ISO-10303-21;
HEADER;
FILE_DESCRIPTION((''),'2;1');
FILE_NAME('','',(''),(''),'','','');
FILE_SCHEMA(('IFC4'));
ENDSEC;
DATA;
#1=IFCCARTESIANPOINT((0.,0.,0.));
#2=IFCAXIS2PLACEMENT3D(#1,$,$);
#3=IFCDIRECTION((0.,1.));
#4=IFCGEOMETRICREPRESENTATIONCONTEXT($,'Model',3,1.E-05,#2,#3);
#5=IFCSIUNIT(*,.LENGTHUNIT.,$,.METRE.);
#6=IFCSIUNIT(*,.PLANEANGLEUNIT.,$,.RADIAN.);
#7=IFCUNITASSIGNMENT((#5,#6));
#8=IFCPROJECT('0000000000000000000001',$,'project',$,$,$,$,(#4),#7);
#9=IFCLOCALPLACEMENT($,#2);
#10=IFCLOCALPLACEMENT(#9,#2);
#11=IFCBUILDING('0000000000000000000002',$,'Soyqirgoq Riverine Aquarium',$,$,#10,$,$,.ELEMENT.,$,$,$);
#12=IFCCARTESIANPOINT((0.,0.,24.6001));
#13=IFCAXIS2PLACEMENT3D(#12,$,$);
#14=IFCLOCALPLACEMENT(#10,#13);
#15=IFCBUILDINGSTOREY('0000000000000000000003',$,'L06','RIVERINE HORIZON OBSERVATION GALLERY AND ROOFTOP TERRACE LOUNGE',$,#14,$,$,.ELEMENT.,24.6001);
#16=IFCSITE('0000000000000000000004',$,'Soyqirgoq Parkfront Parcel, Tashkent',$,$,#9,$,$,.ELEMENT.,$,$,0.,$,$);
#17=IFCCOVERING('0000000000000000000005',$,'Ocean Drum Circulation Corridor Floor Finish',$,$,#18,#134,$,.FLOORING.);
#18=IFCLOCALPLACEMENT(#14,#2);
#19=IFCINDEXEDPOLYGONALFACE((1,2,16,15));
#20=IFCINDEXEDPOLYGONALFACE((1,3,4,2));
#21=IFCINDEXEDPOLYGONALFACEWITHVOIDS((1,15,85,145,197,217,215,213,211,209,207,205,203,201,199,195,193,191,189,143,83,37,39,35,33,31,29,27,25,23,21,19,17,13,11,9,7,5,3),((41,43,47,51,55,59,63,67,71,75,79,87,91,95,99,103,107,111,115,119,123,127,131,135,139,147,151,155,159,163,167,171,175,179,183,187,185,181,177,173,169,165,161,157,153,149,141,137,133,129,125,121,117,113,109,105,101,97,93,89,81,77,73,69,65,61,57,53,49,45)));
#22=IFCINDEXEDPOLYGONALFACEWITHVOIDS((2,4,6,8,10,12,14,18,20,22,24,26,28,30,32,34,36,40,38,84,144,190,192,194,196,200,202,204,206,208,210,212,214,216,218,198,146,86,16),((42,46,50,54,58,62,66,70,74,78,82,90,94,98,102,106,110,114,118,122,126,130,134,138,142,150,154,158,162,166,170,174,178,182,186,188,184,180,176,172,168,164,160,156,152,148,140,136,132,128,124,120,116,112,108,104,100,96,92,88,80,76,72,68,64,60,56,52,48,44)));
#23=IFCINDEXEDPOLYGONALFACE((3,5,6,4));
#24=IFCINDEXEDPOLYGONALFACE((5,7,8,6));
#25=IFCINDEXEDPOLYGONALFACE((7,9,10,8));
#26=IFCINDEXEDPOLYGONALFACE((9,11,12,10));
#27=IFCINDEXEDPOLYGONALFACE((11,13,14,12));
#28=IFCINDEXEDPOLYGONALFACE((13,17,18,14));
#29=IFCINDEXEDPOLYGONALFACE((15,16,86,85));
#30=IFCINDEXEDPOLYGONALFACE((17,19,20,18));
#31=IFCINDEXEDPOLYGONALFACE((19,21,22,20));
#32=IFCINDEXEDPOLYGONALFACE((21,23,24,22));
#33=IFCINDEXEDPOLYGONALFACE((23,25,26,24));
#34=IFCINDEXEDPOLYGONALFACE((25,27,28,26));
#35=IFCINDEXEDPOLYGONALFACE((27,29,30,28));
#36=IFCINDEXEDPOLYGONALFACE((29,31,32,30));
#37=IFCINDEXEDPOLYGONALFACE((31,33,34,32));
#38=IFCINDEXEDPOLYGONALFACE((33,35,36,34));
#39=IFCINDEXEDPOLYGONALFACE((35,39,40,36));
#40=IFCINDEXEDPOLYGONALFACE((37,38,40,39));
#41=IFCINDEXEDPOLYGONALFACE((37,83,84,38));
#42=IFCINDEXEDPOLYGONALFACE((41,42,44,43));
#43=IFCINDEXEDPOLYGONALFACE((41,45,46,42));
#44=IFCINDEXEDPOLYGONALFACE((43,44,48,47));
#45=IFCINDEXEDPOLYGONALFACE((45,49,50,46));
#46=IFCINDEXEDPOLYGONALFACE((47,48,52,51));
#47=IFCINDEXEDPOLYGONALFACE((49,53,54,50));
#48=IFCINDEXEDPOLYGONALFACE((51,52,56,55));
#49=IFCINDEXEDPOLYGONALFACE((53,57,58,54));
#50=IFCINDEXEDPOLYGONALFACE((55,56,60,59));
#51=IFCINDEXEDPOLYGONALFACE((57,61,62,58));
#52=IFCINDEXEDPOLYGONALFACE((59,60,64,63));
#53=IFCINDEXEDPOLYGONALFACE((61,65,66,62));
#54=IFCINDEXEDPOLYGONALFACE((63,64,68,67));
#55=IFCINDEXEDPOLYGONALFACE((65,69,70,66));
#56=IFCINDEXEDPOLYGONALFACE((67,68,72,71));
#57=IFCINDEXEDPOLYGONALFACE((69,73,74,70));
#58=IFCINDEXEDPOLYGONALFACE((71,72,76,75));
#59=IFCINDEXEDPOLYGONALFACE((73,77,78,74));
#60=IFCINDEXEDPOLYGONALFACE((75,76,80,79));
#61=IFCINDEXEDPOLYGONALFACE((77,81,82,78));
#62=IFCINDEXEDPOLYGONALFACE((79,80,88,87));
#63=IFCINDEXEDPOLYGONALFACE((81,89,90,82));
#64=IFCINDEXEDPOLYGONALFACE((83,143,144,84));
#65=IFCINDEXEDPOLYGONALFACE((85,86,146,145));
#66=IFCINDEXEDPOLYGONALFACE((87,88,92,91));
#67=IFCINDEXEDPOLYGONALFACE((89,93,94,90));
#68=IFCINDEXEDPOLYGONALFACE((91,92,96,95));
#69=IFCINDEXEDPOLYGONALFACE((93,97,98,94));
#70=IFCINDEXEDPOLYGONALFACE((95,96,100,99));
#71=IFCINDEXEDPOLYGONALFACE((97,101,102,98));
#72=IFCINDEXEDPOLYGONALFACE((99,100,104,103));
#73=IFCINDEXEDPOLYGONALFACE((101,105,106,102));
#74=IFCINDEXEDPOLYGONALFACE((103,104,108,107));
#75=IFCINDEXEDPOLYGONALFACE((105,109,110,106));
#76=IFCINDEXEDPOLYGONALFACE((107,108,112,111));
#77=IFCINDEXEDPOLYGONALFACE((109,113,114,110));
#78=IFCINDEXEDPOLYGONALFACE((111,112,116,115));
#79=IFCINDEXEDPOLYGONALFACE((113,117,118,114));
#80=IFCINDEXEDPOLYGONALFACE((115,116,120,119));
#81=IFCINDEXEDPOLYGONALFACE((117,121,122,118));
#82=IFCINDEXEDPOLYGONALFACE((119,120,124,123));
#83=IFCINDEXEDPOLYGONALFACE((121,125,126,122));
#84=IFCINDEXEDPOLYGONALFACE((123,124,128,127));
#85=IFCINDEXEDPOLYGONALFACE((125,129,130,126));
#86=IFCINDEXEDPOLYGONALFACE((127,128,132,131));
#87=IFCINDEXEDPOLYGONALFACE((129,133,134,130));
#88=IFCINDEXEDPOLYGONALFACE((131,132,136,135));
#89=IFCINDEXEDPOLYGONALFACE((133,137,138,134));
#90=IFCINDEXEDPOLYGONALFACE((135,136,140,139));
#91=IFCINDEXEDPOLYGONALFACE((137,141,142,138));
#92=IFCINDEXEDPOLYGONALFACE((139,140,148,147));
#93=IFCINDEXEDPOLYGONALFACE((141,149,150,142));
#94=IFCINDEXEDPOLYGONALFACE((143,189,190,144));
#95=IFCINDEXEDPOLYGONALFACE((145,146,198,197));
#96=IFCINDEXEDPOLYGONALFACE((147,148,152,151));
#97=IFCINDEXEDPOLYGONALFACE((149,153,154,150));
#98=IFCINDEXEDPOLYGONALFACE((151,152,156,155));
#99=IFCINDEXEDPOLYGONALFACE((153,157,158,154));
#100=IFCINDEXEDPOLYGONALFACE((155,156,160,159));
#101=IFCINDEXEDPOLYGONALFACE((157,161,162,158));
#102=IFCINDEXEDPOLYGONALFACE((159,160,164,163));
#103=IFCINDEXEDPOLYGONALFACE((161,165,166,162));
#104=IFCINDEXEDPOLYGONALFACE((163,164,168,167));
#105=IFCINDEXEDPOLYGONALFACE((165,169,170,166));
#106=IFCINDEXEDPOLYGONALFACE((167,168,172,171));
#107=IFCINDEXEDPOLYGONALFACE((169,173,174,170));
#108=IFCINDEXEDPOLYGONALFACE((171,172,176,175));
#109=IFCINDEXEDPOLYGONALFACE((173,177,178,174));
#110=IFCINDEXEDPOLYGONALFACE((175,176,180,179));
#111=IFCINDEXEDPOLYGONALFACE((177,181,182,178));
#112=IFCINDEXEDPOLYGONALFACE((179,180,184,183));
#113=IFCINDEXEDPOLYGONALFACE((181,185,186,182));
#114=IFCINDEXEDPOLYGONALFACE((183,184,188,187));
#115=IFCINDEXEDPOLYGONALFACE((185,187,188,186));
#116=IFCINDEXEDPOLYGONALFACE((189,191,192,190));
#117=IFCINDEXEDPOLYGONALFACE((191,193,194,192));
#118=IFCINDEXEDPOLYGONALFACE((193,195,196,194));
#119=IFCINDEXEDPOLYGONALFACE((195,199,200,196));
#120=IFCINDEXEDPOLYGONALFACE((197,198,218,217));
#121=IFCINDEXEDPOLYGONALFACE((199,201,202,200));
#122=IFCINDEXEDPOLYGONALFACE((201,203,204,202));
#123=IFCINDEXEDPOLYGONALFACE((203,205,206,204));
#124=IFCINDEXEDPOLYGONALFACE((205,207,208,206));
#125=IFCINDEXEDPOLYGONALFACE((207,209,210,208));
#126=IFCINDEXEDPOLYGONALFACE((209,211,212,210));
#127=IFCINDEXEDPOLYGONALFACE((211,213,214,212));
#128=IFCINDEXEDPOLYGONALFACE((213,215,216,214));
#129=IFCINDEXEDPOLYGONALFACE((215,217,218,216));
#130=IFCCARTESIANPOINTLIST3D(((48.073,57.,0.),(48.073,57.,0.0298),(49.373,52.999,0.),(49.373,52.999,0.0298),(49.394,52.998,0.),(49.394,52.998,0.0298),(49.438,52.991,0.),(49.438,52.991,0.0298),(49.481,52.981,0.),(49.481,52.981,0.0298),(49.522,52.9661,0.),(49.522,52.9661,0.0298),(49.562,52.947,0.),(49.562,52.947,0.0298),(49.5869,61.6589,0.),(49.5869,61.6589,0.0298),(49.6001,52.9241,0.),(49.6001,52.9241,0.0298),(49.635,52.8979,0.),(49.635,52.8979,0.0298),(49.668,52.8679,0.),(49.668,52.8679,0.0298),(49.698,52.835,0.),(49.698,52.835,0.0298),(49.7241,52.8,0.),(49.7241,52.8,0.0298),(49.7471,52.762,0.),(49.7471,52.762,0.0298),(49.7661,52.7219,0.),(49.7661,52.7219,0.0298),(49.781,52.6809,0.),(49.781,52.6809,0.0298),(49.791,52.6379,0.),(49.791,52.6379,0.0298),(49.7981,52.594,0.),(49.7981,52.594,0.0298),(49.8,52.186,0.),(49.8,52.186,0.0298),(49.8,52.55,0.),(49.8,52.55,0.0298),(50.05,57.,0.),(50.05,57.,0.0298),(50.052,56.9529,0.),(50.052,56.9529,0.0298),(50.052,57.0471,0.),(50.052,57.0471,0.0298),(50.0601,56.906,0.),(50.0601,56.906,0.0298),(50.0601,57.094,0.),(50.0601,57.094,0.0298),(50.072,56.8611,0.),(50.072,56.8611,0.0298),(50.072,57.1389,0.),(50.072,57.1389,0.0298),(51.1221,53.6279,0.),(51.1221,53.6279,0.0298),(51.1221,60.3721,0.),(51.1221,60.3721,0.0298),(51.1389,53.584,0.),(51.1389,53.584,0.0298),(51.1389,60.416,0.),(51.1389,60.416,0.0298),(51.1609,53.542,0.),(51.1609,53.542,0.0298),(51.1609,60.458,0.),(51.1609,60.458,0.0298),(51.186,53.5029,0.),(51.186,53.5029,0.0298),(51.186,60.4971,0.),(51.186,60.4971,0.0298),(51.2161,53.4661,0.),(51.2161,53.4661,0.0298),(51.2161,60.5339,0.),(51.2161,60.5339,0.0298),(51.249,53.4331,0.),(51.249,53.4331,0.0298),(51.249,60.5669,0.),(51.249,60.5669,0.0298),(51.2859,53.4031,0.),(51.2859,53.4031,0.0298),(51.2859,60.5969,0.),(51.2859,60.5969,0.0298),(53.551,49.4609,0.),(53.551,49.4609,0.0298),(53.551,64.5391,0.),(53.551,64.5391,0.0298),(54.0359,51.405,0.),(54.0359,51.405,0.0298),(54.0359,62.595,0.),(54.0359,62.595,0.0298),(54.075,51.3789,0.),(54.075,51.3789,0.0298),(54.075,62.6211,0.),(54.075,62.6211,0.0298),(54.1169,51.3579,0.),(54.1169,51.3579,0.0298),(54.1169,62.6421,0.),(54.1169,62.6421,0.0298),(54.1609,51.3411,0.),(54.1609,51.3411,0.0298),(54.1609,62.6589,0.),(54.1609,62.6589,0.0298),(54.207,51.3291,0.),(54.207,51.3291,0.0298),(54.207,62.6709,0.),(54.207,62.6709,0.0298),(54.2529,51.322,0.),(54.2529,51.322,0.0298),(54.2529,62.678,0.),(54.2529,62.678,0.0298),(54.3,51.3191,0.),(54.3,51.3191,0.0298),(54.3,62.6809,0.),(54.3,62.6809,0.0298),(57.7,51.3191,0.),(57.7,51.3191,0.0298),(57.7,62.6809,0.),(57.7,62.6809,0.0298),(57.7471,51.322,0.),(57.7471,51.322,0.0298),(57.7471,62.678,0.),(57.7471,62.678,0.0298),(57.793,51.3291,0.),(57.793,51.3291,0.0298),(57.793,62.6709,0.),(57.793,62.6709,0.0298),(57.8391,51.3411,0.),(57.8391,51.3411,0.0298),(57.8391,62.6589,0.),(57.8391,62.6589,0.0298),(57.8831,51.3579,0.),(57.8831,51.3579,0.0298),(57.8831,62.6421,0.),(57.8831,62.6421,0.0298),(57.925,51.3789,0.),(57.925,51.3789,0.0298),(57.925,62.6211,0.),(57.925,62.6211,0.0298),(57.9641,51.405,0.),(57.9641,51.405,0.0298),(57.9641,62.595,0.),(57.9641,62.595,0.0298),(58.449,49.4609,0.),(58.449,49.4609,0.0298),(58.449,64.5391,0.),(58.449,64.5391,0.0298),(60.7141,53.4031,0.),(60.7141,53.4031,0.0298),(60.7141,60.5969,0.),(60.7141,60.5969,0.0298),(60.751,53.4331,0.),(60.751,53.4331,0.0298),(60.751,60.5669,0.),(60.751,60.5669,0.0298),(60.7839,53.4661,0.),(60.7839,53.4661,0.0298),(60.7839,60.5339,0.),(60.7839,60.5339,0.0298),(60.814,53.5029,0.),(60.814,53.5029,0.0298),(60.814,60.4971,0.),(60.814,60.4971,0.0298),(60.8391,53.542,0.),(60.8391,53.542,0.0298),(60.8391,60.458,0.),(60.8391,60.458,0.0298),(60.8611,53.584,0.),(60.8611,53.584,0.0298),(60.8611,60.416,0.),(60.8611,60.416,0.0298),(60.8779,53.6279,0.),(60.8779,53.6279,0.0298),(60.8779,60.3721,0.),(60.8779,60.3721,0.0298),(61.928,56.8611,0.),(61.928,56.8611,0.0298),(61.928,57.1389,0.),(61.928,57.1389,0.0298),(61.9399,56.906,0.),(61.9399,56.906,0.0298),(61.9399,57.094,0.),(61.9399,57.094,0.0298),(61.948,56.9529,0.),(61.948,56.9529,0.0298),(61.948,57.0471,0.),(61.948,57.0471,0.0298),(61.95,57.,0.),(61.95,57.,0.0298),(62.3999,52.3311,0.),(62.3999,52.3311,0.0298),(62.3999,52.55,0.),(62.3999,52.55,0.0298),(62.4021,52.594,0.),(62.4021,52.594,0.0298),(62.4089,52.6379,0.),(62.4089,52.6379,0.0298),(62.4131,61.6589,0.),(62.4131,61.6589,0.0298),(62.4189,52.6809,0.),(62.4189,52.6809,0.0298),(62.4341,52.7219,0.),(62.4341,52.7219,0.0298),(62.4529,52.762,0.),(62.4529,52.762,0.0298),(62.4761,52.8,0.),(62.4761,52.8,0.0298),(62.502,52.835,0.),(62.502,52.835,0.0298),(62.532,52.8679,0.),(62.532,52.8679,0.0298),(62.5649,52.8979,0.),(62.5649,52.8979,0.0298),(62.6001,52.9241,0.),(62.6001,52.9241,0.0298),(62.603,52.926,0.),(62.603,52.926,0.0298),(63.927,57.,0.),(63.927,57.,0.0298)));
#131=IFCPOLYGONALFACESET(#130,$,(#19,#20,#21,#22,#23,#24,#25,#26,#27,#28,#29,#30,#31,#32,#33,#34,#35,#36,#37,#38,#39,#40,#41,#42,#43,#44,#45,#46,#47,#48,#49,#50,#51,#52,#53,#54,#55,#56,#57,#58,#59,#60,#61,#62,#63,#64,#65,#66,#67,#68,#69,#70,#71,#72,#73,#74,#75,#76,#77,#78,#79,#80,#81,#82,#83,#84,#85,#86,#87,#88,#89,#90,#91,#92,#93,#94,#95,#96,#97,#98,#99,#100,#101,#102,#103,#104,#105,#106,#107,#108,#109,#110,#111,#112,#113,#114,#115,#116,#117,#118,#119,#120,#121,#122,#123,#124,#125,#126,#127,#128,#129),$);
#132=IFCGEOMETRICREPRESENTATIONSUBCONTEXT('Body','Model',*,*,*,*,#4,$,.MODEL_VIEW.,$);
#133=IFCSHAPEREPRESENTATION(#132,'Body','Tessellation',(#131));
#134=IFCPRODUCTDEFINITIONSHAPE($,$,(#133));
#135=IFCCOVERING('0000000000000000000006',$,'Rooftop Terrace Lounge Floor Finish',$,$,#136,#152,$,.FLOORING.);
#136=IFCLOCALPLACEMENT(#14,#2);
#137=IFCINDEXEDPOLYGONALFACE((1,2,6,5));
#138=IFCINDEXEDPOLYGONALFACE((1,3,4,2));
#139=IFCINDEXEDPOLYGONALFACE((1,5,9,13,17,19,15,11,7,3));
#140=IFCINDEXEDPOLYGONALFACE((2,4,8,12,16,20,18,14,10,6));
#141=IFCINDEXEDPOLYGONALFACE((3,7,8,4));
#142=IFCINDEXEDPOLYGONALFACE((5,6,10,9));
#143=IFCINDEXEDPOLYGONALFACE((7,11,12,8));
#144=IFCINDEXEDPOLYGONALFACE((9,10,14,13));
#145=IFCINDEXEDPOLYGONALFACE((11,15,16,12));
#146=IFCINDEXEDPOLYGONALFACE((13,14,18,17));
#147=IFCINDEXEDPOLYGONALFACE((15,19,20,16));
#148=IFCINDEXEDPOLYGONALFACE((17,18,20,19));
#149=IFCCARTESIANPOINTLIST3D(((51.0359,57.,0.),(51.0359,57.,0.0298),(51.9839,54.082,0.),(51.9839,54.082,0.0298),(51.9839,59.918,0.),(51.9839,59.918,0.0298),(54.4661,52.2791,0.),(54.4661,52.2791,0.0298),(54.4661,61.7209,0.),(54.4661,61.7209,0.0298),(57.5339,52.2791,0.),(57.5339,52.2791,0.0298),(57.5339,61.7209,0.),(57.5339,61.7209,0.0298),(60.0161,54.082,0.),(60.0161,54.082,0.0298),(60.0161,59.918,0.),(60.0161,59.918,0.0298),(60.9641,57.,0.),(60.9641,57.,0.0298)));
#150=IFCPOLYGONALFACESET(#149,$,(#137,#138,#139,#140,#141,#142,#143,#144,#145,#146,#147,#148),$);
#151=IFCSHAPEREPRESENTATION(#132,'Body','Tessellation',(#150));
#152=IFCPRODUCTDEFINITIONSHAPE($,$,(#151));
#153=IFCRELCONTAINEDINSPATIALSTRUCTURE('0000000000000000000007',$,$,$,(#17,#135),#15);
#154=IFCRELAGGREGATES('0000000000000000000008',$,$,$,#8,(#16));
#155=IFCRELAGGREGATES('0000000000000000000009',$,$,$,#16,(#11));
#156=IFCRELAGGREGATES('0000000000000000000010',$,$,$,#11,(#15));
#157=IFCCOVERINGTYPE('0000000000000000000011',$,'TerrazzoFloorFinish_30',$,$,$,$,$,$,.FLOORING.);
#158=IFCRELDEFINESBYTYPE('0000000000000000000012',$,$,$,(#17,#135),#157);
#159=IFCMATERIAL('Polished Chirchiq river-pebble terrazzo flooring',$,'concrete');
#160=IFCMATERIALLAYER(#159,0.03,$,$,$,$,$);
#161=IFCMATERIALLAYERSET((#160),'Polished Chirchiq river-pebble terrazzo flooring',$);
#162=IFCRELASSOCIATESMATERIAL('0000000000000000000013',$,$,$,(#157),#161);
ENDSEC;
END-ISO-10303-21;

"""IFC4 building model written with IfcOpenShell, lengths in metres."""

from ifc_helpers import new_model, si_unit, direction, frame, origin, place, context, subcontext, project, spatial, polyline, outline, extrude, material, layer, layer_set, type_object, element, save


model = new_model("IFC4")

# Units and contexts
model_context = context("Model", 3, precision=1e-05, world=origin(), true_north=direction((0.0, 1.0)))
body_context = subcontext(model_context, "Body", "Model", "MODEL_VIEW")
ifc_project = project(units=[si_unit("LENGTHUNIT", "METRE"), si_unit("PLANEANGLEUNIT", "RADIAN")], contexts=[model_context])

# Site, building, storey
site_placement = place(None, origin())
site = spatial("IfcSite", under=ifc_project, at=site_placement, Name="Soyqirgoq Parkfront Parcel, Tashkent", CompositionType="ELEMENT", RefElevation=0.0)
building_placement = place(site_placement, origin())
building = spatial("IfcBuilding", under=site, at=building_placement, Name="Soyqirgoq Riverine Aquarium", CompositionType="ELEMENT")
storey_placement = place(building_placement, frame((0.0, 0.0, 24.6001)))
storey = spatial("IfcBuildingStorey", under=building, at=storey_placement, Name="L06", Description="RIVERINE HORIZON OBSERVATION GALLERY AND ROOFTOP TERRACE LOUNGE", CompositionType="ELEMENT", Elevation=24.6001)

# Coverings
ifc_material_1 = material(Name="Polished Chirchiq river-pebble terrazzo flooring", Category="concrete")
ifc_layer_1 = layer(ifc_material_1, 0.03)
ifc_layer_set_1 = layer_set([ifc_layer_1], Name="Polished Chirchiq river-pebble terrazzo flooring")
covering_type_1 = type_object("IfcCoveringType", Name="TerrazzoFloorFinish_30", PredefinedType="FLOORING", material=ifc_layer_set_1)
covering_1_placement = place(storey_placement, origin())
element("IfcCovering", 1, at=covering_1_placement, inside=storey, type_object=covering_type_1, Name="Ocean Drum Circulation Corridor Floor Finish", PredefinedType="FLOORING", context=body_context, shape_type="SweptSolid", body=[
    extrude(outline(polyline([(48.073, 57.0), (49.5869, 61.6589), (53.551, 64.5391), (58.449, 64.5391), (62.4131, 61.6589), (63.927, 57.0), (62.603, 52.926), (62.6001, 52.9241), (62.5649, 52.8979), (62.532, 52.8679), (62.502, 52.835), (62.4761, 52.8), (62.4529, 52.762), (62.4341, 52.7219), (62.4189, 52.6809), (62.4089, 52.6379), (62.4021, 52.594), (62.3999, 52.55), (62.3999, 52.3311), (58.449, 49.4609), (53.551, 49.4609), (49.8, 52.186), (49.8, 52.55), (49.7981, 52.594), (49.791, 52.6379), (49.781, 52.6809), (49.7661, 52.7219), (49.7471, 52.762), (49.7241, 52.8), (49.698, 52.835), (49.668, 52.8679), (49.635, 52.8979), (49.6001, 52.9241), (49.562, 52.947), (49.522, 52.9661), (49.481, 52.981), (49.438, 52.991), (49.394, 52.998), (49.373, 52.999), (48.073, 57.0)]), holes=[polyline([(60.7141, 60.5969), (60.751, 60.5669), (60.7839, 60.5339), (60.814, 60.4971), (60.8391, 60.458), (60.8611, 60.416), (60.8779, 60.3721), (61.928, 57.1389), (61.9399, 57.094), (61.948, 57.0471), (61.95, 57.0), (61.948, 56.9529), (61.9399, 56.906), (61.928, 56.8611), (60.8779, 53.6279), (60.8611, 53.584), (60.8391, 53.542), (60.814, 53.5029), (60.7839, 53.4661), (60.751, 53.4331), (60.7141, 53.4031), (57.9641, 51.405), (57.925, 51.3789), (57.8831, 51.3579), (57.8391, 51.3411), (57.793, 51.3291), (57.7471, 51.322), (57.7, 51.3191), (54.3, 51.3191), (54.2529, 51.322), (54.207, 51.3291), (54.1609, 51.3411), (54.1169, 51.3579), (54.075, 51.3789), (54.0359, 51.405), (51.2859, 53.4031), (51.249, 53.4331), (51.2161, 53.4661), (51.186, 53.5029), (51.1609, 53.542), (51.1389, 53.584), (51.1221, 53.6279), (50.072, 56.8611), (50.0601, 56.906), (50.052, 56.9529), (50.05, 57.0), (50.052, 57.0471), (50.0601, 57.094), (50.072, 57.1389), (51.1221, 60.3721), (51.1389, 60.416), (51.1609, 60.458), (51.186, 60.4971), (51.2161, 60.5339), (51.249, 60.5669), (51.2859, 60.5969), (54.0359, 62.595), (54.075, 62.6211), (54.1169, 62.6421), (54.1609, 62.6589), (54.207, 62.6709), (54.2529, 62.678), (54.3, 62.6809), (57.7, 62.6809), (57.7471, 62.678), (57.793, 62.6709), (57.8391, 62.6589), (57.8831, 62.6421), (57.925, 62.6211), (57.9641, 62.595), (60.7141, 60.5969)])]), origin(), (0.0, 0.0, 1.0), 0.0298),
])
covering_2_placement = place(storey_placement, origin())
element("IfcCovering", 2, at=covering_2_placement, inside=storey, type_object=covering_type_1, Name="Rooftop Terrace Lounge Floor Finish", PredefinedType="FLOORING", context=body_context, shape_type="SweptSolid", body=[
    extrude(outline(polyline([(57.5339, 52.2791), (54.4661, 52.2791), (51.9839, 54.082), (51.0359, 57.0), (51.9839, 59.918), (54.4661, 61.7209), (57.5339, 61.7209), (60.0161, 59.918), (60.9641, 57.0), (60.0161, 54.082), (57.5339, 52.2791)])), origin(), (0.0, 0.0, 1.0), 0.0298),
])

save(model, "model.ifc")
